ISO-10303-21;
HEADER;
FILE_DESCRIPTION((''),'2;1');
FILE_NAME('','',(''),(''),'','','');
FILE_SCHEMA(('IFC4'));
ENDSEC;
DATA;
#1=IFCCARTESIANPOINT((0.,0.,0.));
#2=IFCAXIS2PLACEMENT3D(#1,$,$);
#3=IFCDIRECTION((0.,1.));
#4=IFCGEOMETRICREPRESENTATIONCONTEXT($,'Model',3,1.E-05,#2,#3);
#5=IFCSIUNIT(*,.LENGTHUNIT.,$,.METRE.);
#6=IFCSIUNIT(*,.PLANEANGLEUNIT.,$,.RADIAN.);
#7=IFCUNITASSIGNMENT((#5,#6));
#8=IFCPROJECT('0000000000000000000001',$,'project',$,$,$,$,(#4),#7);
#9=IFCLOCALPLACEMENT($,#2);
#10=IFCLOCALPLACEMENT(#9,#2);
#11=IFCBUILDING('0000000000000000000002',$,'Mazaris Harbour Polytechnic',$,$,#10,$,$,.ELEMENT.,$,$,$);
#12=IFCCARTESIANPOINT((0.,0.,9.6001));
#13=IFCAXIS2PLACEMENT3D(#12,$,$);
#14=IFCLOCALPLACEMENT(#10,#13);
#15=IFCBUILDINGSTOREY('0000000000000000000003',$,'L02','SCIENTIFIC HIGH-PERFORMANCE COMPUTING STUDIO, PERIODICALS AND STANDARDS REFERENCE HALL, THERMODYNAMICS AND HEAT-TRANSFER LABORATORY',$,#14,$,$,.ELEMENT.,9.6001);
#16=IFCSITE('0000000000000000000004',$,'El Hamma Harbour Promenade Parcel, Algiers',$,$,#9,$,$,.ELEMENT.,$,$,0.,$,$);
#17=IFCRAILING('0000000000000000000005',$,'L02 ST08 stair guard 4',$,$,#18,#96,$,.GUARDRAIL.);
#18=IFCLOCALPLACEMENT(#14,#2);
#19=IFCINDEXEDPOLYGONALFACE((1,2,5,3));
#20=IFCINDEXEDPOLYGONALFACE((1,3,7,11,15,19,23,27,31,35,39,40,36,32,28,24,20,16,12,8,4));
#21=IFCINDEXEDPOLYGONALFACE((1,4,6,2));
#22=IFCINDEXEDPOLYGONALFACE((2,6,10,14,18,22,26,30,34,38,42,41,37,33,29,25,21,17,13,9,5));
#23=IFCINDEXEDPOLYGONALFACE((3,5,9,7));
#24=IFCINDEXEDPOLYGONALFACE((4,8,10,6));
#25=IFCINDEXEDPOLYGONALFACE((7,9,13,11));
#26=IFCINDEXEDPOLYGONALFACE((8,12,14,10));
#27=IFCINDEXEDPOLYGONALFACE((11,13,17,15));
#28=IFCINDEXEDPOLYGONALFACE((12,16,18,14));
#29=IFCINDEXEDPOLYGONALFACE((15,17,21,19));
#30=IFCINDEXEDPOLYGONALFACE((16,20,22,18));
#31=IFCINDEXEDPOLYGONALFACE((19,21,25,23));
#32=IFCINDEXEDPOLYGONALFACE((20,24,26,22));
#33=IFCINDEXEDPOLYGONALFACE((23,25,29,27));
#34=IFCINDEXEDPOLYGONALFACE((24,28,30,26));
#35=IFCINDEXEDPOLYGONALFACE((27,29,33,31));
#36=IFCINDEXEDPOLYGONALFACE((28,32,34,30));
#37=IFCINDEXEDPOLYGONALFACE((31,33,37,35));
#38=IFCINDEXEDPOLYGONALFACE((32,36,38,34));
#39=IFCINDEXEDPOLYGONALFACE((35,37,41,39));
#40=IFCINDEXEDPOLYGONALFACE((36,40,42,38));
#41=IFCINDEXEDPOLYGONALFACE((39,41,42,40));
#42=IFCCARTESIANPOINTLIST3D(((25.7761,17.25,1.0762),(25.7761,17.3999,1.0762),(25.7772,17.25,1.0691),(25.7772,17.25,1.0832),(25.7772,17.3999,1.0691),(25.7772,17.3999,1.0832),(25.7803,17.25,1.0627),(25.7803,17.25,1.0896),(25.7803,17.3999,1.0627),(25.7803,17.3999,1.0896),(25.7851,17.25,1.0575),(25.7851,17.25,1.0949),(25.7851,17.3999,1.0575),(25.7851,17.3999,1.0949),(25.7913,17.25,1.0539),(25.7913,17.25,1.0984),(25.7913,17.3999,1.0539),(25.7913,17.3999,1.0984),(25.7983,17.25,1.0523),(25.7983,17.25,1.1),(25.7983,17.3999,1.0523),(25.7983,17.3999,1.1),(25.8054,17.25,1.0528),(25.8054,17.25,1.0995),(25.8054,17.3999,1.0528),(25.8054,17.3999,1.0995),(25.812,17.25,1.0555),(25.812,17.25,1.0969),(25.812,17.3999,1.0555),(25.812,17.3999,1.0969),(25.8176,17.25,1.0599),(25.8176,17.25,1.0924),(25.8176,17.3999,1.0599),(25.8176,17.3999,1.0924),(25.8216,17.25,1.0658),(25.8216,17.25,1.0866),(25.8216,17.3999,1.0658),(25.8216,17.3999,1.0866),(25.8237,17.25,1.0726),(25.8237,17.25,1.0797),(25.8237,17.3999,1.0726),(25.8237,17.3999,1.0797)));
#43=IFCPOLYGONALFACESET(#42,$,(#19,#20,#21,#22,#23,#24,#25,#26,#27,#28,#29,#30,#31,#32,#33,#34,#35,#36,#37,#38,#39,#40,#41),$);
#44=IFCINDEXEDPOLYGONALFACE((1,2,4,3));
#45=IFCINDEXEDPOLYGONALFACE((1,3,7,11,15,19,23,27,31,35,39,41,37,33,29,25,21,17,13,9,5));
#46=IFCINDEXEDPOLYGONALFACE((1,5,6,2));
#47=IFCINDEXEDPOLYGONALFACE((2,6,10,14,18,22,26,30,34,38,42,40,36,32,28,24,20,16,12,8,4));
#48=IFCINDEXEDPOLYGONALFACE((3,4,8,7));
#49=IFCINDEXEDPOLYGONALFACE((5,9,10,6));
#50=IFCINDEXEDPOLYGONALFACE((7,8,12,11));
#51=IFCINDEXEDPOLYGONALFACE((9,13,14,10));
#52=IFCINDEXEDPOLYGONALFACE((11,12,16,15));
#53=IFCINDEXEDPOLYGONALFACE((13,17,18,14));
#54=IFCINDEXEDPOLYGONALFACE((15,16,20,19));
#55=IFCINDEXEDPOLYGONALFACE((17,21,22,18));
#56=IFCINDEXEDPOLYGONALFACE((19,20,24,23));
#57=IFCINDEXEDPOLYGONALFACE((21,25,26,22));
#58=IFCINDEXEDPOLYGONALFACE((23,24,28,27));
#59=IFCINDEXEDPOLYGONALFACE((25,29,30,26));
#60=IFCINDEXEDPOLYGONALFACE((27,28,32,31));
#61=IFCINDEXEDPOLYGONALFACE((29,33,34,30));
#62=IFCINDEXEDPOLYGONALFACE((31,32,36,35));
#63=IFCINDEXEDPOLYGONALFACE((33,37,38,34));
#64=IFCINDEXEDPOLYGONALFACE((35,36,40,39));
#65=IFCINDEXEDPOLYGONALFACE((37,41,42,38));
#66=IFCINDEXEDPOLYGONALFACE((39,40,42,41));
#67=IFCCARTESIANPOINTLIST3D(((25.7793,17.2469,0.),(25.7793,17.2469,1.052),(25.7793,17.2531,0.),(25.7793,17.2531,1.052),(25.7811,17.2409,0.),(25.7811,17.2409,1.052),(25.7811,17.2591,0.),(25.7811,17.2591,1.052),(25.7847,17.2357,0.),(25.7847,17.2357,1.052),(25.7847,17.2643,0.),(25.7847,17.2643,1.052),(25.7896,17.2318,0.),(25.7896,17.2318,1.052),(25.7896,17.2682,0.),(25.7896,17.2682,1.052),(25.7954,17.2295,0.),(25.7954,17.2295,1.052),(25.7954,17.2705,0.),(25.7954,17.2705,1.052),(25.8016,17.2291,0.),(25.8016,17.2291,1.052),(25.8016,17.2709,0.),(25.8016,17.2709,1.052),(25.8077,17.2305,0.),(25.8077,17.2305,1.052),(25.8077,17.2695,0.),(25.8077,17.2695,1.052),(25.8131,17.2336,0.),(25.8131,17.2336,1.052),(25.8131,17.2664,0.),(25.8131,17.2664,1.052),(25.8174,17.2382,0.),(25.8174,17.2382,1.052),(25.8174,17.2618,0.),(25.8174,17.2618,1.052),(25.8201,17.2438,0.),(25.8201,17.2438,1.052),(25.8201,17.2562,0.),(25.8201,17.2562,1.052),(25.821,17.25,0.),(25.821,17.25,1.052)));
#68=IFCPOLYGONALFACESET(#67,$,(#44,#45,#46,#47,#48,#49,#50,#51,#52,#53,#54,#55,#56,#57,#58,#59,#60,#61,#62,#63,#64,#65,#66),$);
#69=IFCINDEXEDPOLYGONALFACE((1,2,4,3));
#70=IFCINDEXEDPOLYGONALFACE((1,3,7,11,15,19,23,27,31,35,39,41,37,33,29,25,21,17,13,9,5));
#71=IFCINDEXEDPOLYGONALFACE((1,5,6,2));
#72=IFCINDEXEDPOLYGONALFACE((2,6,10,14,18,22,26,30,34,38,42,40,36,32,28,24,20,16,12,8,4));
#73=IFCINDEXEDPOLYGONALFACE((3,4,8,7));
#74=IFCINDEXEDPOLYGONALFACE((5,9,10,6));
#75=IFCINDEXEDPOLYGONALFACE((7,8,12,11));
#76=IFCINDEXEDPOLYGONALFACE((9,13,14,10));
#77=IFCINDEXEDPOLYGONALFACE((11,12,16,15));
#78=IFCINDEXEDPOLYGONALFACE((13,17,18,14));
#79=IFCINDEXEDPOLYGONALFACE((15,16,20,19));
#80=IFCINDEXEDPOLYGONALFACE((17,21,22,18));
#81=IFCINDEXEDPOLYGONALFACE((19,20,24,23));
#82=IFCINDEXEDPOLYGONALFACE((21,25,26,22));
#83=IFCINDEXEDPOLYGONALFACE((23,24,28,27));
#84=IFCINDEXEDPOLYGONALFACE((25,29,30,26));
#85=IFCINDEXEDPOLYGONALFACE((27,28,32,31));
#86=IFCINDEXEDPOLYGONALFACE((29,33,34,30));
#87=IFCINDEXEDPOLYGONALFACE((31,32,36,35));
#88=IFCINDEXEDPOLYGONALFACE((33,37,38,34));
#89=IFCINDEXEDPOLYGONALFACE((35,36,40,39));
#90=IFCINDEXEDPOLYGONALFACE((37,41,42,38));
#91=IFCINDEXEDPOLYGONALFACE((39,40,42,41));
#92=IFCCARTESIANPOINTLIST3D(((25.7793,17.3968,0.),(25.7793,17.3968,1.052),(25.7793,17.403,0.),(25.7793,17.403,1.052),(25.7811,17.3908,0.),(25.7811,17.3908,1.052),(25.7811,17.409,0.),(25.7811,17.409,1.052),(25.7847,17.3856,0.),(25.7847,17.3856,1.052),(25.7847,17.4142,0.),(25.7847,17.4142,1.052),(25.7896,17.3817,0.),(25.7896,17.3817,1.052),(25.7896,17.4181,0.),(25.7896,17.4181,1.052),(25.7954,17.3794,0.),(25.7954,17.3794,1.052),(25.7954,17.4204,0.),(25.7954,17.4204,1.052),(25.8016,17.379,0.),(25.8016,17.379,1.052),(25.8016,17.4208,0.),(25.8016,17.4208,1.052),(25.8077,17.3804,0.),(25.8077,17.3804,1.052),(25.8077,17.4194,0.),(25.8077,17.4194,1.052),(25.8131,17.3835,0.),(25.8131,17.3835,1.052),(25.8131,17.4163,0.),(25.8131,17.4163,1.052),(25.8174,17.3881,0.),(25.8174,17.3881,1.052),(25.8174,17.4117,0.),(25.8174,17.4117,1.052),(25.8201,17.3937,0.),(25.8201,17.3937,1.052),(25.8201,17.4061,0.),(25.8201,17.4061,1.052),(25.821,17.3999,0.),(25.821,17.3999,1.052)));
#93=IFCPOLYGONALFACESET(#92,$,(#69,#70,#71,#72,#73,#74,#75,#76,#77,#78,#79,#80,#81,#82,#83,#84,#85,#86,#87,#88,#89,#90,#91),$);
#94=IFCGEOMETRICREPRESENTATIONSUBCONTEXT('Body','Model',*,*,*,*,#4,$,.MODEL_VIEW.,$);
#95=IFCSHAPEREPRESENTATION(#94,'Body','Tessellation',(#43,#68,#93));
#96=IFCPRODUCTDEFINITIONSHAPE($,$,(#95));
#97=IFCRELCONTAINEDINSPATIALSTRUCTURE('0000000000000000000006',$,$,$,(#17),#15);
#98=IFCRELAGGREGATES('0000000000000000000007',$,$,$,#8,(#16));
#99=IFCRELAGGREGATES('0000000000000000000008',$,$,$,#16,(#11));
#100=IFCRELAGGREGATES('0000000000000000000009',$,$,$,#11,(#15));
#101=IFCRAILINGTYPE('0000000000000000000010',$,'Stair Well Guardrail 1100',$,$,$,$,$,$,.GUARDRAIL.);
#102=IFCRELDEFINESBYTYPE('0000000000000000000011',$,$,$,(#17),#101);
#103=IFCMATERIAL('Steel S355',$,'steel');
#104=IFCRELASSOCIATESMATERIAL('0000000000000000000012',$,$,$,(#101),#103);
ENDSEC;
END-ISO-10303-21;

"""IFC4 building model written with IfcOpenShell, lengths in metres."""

from ifc_helpers import new_model, si_unit, direction, frame, origin, origin_2d, place, context, subcontext, project, spatial, circle, extrude, material, type_object, element, save


model = new_model("IFC4")

# Units and contexts
model_context = context("Model", 3, precision=1e-05, world=origin(), true_north=direction((0.0, 1.0)))
body_context = subcontext(model_context, "Body", "Model", "MODEL_VIEW")
ifc_project = project(units=[si_unit("LENGTHUNIT", "METRE"), si_unit("PLANEANGLEUNIT", "RADIAN")], contexts=[model_context])

# Site, building, storey
site_placement = place(None, origin())
site = spatial("IfcSite", under=ifc_project, at=site_placement, Name="El Hamma Harbour Promenade Parcel, Algiers", CompositionType="ELEMENT", RefElevation=0.0)
building_placement = place(site_placement, origin())
building = spatial("IfcBuilding", under=site, at=building_placement, Name="Mazaris Harbour Polytechnic", CompositionType="ELEMENT")
storey_placement = place(building_placement, frame((0.0, 0.0, 9.6001)))
storey = spatial("IfcBuildingStorey", under=building, at=storey_placement, Name="L02", Description="SCIENTIFIC HIGH-PERFORMANCE COMPUTING STUDIO, PERIODICALS AND STANDARDS REFERENCE HALL, THERMODYNAMICS AND HEAT-TRANSFER LABORATORY", CompositionType="ELEMENT", Elevation=9.6001)

# Railing
ifc_material_1 = material(Name="Steel S355", Category="steel")
railing_type_1 = type_object("IfcRailingType", Name="Stair Well Guardrail 1100", PredefinedType="GUARDRAIL", material=ifc_material_1)
railing_1_placement = place(storey_placement, frame((25.8, 17.25, 0.0)))
element("IfcRailing", 1, at=railing_1_placement, inside=storey, type_object=railing_type_1, Name="L02 ST08 stair guard 4", PredefinedType="GUARDRAIL", context=body_context, shape_type="SweptSolid", body=[
    extrude(circle(Radius=0.0239, at=origin_2d()), frame((0.0, 0.0, 1.0762), z_axis=(0.0, 1.0, 0.0), x_axis=(-1.0, 0.0, 0.0)), (0.0, 0.0, 1.0), 0.1499),
    extrude(circle(Radius=0.021, at=origin_2d()), origin(), (0.0, 0.0, 1.0), 1.052),
    extrude(circle(Radius=0.021, at=origin_2d()), frame((0.0, 0.1499, 0.0)), (0.0, 0.0, 1.0), 1.052),
])

save(model, "model.ifc")
